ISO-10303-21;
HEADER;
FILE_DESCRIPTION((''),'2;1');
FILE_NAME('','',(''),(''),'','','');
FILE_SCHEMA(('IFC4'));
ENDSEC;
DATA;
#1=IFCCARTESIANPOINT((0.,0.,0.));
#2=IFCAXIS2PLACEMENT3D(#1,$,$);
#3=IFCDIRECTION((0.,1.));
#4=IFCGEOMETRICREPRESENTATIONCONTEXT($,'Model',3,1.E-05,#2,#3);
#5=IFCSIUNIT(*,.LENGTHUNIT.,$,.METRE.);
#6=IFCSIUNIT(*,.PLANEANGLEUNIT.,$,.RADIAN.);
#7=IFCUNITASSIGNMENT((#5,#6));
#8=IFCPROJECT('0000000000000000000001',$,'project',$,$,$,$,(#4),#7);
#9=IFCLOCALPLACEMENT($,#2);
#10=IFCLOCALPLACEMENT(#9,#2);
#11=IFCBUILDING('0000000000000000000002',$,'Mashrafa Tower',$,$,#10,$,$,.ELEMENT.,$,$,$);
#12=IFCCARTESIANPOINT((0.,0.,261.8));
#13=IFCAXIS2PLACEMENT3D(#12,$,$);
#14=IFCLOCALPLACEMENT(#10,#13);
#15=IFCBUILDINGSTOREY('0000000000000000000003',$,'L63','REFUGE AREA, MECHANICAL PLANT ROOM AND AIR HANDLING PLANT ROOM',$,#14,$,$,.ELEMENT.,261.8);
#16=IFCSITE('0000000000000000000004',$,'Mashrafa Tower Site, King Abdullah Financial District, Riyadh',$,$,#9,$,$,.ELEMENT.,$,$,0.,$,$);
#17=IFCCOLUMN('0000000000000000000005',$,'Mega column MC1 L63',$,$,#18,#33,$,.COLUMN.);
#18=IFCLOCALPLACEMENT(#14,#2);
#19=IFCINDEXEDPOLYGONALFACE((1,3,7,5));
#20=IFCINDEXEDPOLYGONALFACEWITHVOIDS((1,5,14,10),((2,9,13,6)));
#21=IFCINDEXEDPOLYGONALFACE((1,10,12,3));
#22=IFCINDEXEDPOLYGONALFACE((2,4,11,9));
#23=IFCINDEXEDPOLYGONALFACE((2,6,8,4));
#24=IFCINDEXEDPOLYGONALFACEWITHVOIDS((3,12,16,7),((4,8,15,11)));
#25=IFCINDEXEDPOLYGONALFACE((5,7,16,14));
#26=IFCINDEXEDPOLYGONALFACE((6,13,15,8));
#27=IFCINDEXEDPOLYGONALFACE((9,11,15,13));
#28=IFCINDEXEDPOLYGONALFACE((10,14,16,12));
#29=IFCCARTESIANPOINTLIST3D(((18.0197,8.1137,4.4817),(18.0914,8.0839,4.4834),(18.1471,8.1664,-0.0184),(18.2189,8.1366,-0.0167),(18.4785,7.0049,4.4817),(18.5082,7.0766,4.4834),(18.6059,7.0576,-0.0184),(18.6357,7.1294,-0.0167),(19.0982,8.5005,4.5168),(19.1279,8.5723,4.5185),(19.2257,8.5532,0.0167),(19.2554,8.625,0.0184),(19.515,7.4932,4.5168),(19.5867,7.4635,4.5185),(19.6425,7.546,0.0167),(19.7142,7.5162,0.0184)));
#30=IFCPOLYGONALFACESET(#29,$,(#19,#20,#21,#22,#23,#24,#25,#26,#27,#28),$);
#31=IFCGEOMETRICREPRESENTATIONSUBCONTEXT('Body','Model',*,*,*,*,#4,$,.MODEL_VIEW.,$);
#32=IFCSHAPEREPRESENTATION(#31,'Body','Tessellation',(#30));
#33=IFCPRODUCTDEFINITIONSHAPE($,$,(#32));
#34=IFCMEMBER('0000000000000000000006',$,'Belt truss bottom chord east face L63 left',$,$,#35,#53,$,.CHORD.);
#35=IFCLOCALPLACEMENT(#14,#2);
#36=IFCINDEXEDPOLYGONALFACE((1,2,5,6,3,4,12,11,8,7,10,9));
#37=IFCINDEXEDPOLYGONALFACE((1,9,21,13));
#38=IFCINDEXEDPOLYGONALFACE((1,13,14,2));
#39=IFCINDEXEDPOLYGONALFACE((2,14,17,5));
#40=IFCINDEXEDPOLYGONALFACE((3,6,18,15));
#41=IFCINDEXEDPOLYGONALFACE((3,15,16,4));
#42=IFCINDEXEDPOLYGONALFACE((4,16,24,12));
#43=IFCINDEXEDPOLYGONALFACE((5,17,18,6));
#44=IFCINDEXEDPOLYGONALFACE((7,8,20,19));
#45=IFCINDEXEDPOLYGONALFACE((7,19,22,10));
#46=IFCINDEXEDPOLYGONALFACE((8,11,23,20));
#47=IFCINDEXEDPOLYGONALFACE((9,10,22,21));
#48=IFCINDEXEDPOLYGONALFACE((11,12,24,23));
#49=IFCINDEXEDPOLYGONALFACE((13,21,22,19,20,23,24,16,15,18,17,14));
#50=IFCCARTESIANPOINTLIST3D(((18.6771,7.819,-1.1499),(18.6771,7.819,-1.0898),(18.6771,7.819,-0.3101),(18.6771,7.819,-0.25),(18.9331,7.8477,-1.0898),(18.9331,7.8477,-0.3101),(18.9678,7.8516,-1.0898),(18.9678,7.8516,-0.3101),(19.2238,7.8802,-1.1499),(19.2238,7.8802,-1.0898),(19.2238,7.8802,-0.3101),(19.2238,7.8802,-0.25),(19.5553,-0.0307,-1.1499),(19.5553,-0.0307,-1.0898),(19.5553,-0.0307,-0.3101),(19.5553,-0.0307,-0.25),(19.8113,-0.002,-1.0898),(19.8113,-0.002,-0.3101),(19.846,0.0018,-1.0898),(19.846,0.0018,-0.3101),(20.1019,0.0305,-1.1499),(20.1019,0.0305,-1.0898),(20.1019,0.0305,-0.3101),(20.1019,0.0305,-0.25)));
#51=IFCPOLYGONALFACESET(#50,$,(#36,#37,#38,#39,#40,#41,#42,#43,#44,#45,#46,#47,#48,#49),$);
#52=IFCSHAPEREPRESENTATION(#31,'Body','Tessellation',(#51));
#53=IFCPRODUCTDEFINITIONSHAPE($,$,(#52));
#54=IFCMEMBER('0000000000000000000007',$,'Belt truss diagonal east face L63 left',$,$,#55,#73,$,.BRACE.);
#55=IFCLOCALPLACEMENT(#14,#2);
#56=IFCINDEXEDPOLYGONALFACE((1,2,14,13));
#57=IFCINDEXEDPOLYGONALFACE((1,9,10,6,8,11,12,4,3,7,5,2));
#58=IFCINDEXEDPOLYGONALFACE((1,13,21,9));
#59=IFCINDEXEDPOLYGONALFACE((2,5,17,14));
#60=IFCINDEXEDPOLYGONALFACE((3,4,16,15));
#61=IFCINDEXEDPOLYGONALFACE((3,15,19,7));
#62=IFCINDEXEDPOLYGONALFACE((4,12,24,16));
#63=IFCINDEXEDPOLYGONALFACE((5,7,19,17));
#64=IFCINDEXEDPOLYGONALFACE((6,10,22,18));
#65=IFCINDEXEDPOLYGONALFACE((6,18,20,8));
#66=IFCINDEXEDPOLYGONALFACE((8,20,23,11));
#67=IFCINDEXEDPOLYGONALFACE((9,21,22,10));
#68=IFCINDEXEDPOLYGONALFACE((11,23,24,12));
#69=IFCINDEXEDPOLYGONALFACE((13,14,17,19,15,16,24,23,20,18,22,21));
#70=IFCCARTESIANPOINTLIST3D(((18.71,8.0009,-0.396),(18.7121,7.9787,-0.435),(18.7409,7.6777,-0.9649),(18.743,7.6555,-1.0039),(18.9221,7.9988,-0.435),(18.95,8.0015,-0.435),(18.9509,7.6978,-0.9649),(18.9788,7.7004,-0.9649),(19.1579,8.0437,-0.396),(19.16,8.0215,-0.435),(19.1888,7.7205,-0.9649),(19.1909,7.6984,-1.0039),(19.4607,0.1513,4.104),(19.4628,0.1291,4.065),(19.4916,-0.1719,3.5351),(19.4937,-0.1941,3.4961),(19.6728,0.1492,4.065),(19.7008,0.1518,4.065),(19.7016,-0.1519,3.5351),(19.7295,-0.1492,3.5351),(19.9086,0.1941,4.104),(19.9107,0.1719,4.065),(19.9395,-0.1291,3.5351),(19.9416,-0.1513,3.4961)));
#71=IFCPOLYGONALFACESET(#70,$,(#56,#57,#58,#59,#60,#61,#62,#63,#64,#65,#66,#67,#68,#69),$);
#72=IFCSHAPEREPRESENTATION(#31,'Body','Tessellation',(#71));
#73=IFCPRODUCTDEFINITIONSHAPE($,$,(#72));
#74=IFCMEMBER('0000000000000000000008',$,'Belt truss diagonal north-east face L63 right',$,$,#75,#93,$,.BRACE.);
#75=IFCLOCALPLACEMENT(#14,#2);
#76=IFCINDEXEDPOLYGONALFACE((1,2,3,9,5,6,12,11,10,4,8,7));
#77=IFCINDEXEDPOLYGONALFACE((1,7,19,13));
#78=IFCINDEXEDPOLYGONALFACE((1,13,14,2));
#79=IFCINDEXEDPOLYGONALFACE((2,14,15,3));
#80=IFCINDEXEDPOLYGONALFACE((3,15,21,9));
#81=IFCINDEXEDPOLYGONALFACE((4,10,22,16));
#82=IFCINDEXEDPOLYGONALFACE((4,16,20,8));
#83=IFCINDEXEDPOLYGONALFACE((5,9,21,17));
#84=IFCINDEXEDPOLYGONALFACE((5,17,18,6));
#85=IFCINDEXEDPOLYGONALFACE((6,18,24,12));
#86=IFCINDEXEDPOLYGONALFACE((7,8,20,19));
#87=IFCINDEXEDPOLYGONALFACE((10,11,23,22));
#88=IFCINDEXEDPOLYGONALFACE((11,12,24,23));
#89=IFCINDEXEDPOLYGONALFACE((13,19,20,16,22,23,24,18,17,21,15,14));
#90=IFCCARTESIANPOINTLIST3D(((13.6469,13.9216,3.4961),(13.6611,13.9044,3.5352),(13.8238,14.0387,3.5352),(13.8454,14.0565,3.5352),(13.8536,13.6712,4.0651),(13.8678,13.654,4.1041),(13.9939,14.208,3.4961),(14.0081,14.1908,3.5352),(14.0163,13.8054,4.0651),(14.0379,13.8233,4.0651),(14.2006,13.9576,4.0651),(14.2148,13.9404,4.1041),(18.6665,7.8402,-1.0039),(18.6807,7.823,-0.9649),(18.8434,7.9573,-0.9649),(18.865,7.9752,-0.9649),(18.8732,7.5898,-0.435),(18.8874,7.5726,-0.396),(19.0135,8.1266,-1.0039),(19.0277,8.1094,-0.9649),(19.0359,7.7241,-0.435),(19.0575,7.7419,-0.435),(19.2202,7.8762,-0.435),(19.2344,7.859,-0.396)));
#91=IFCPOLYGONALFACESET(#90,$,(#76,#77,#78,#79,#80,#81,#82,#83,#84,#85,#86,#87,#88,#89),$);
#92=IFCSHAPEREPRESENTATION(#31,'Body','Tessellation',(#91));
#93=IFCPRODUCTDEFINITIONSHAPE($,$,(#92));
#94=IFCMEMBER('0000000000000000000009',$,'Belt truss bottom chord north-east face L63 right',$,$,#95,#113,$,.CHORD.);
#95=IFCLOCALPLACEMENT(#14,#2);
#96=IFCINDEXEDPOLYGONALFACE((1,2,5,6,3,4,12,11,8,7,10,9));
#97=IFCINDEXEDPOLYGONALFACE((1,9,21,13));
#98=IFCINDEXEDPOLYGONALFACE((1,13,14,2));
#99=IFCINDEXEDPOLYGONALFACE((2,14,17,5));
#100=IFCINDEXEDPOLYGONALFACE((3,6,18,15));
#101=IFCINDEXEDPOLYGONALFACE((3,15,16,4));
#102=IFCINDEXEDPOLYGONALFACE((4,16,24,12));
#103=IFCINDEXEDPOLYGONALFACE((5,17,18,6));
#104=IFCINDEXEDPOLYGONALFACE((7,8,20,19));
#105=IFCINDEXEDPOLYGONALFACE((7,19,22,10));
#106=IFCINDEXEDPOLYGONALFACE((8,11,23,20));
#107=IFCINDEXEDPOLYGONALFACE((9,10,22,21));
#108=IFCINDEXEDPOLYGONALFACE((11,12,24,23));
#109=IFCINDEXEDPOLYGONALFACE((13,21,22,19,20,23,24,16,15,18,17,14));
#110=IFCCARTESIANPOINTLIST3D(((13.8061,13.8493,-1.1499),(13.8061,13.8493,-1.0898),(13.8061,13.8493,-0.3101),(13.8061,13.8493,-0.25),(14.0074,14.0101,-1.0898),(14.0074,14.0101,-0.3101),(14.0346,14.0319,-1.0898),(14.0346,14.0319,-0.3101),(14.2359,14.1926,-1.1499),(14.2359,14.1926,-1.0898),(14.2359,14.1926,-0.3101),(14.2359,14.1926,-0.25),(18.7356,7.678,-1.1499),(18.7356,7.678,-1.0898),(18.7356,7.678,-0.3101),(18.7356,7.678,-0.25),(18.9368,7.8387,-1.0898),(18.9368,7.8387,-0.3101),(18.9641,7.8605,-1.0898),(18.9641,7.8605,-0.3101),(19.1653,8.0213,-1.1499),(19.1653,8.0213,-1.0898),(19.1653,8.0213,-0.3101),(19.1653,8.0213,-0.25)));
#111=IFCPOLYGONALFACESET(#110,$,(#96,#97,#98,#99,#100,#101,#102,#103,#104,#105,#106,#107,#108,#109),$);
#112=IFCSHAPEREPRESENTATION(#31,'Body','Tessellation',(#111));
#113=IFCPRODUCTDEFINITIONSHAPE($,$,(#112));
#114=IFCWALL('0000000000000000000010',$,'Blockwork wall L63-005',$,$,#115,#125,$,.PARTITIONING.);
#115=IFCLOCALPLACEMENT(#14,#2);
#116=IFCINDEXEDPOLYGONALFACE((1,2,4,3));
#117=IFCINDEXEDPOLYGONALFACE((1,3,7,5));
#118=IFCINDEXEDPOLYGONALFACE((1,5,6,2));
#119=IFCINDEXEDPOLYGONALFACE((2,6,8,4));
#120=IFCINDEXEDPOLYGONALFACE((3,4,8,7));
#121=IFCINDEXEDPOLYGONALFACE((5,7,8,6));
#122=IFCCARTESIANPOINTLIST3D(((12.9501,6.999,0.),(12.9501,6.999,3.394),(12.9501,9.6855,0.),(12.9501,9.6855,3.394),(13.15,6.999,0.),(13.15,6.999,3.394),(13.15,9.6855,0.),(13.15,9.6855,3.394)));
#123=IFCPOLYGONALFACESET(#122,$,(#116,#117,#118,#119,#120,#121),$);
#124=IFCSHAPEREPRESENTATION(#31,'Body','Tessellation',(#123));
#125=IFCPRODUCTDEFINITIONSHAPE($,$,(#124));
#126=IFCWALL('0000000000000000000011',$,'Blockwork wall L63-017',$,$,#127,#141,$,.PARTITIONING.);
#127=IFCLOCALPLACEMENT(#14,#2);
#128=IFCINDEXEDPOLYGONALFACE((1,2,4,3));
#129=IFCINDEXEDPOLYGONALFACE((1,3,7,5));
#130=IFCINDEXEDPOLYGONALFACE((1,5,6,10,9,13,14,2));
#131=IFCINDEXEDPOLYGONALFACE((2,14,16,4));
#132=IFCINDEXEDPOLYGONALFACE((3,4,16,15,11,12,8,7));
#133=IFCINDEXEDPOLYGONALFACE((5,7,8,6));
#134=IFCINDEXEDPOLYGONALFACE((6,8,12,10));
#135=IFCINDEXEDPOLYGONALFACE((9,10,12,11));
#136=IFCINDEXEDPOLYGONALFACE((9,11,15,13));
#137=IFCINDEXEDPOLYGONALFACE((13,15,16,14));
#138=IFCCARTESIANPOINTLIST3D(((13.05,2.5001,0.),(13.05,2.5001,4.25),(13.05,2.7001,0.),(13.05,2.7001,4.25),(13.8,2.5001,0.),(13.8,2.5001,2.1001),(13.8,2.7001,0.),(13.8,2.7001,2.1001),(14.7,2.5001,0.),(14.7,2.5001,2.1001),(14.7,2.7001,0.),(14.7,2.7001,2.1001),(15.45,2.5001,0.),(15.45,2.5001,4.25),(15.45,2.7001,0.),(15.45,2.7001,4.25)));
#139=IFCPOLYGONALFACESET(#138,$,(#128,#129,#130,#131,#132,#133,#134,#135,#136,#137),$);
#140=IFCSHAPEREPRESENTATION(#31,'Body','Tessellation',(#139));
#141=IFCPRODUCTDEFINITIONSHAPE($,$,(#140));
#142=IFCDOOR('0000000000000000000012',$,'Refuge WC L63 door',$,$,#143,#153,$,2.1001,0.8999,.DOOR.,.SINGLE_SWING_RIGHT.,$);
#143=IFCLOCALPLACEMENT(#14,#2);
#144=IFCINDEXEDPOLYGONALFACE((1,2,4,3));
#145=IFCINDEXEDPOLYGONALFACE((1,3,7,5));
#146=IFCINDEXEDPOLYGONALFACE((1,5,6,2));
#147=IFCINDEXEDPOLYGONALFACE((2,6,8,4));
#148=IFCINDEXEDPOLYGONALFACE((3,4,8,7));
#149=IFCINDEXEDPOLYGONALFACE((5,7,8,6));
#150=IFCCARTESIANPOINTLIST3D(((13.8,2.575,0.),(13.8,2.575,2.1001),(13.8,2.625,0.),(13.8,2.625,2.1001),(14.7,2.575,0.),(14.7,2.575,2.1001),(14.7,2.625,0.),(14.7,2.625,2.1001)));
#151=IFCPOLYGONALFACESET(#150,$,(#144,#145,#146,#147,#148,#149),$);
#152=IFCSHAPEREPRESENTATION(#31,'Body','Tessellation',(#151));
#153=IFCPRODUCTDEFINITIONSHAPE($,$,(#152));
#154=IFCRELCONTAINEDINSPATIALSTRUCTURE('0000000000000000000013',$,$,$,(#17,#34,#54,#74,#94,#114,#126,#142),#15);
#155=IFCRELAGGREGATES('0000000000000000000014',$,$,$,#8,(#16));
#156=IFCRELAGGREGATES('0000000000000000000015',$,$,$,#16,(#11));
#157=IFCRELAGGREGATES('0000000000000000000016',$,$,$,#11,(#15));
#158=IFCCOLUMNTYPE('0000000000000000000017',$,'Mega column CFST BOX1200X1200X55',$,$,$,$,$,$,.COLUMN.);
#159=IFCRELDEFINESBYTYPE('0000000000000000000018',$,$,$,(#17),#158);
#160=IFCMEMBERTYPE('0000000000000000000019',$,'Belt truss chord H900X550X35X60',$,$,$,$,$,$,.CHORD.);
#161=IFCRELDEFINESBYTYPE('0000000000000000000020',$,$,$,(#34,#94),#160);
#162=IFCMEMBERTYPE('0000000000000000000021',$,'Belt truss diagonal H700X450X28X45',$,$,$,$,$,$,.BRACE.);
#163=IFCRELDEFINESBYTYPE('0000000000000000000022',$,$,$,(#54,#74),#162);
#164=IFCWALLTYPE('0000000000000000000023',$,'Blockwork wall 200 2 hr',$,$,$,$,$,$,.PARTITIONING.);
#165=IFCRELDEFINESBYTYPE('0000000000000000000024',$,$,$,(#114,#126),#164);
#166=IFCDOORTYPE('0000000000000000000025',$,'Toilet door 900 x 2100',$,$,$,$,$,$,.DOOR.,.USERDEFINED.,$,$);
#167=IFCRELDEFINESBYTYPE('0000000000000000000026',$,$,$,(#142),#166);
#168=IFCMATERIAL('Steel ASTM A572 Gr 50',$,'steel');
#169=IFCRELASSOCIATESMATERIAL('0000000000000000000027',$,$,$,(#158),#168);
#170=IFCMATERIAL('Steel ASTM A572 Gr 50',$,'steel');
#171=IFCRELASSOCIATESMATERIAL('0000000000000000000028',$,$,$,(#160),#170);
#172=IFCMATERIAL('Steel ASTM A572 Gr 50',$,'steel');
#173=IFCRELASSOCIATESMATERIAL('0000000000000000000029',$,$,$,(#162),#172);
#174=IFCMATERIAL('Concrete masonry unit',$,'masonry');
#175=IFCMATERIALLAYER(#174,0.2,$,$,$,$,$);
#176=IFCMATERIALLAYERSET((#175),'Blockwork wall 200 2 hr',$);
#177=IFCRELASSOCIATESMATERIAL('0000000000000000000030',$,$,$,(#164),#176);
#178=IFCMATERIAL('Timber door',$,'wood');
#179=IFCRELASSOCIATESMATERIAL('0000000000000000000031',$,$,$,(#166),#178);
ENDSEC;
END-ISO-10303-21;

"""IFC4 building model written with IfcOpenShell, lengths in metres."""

from ifc_helpers import new_model, si_unit, direction, frame, frame_2d, origin, origin_2d, place, context, subcontext, project, spatial, rectangle, hollow_rectangle, i_section, extrude, source, transform, mapped, material, layer, layer_set, material_profile, profile_set, type_object, type_shapes, element, fill, save


model = new_model("IFC4")

# Units and contexts
model_context = context("Model", 3, precision=1e-05, world=origin(), true_north=direction((0.0, 1.0)))
body_context = subcontext(model_context, "Body", "Model", "MODEL_VIEW")
ifc_project = project(units=[si_unit("LENGTHUNIT", "METRE"), si_unit("PLANEANGLEUNIT", "RADIAN")], contexts=[model_context])

# Site, building, storey
site_placement = place(None, origin())
site = spatial("IfcSite", under=ifc_project, at=site_placement, Name="Mashrafa Tower Site, King Abdullah Financial District, Riyadh", CompositionType="ELEMENT", RefElevation=0.0)
building_placement = place(site_placement, origin())
building = spatial("IfcBuilding", under=site, at=building_placement, Name="Mashrafa Tower", CompositionType="ELEMENT")
storey_placement = place(building_placement, frame((0.0, 0.0, 261.8)))
storey = spatial("IfcBuildingStorey", under=building, at=storey_placement, Name="L63", Description="REFUGE AREA, MECHANICAL PLANT ROOM AND AIR HANDLING PLANT ROOM", CompositionType="ELEMENT", Elevation=261.8)

# Column
ifc_material_1 = material(Name="Steel ASTM A572 Gr 50", Category="steel")
ifc_material_profile_1 = material_profile(ifc_material_1, hollow_rectangle(XDim=1.2, YDim=1.2, WallThickness=0.0549, at=origin_2d()), Name="BOX1200X1200X55")
ifc_profile_set_1 = profile_set([ifc_material_profile_1], Name="Steel ASTM A572 Gr 50")
column_type = type_object("IfcColumnType", Name="Mega column CFST BOX1200X1200X55", PredefinedType="COLUMN", material=ifc_profile_set_1)
column_placement = place(storey_placement, frame((18.9307, 7.8413, 0.0), z_axis=(-0.028307, -0.011713, 0.999531), x_axis=(0.382352, -0.924017, 0.0)))
element("IfcColumn", 1, at=column_placement, inside=storey, type_object=column_type, Name="Mega column MC1 L63", PredefinedType="COLUMN", context=body_context, shape_type="SweptSolid", body=[
    extrude(hollow_rectangle(XDim=1.2, YDim=1.2, WallThickness=0.0549, at=origin_2d()), origin(), (0.0, 0.0, 1.0), 4.5022),
])

# Members
ifc_material_2 = material(Name="Steel ASTM A572 Gr 50", Category="steel")
ifc_material_profile_2 = material_profile(ifc_material_2, i_section(OverallWidth=0.55, OverallDepth=0.8999, WebThickness=0.0349, FlangeThickness=0.0601, at=origin_2d()), Name="H900X550X35X60")
ifc_profile_set_2 = profile_set([ifc_material_profile_2], Name="Steel ASTM A572 Gr 50")
member_type_1 = type_object("IfcMemberType", Name="Belt truss chord H900X550X35X60", PredefinedType="CHORD", material=ifc_profile_set_2)
shared_shape_1 = source(origin(), body_context, "Body", "SweptSolid", [
    extrude(i_section(OverallWidth=0.55, OverallDepth=0.8999, WebThickness=0.0349, FlangeThickness=0.0601, at=origin_2d()), origin(), (0.0, 0.0, 1.0), 7.8987),
])
member_1_placement = place(storey_placement, frame((18.9504, 7.8496, -0.7), z_axis=(0.111181, -0.9938, 0.0), x_axis=(0.9938, 0.111181, 0.0)))
element("IfcMember", 2, at=member_1_placement, inside=storey, type_object=member_type_1, Name="Belt truss bottom chord east face L63 left", PredefinedType="CHORD", context=body_context, shape_type="MappedRepresentation", body=[
    mapped(shared_shape_1, transform((0.0, 0.0, 0.0))),
])
ifc_material_3 = material(Name="Steel ASTM A572 Gr 50", Category="steel")
ifc_material_profile_3 = material_profile(ifc_material_3, i_section(OverallWidth=0.45, OverallDepth=0.7, WebThickness=0.0281, FlangeThickness=0.0449, at=origin_2d()), Name="H700X450X28X45")
ifc_profile_set_3 = profile_set([ifc_material_profile_3], Name="Steel ASTM A572 Gr 50")
member_type_2 = type_object("IfcMemberType", Name="Belt truss diagonal H700X450X28X45", PredefinedType="BRACE", material=ifc_profile_set_3)
shared_shape_2 = source(origin(), body_context, "Body", "SweptSolid", [
    extrude(i_section(OverallWidth=0.45, OverallDepth=0.7, WebThickness=0.0281, FlangeThickness=0.0449, at=origin_2d()), origin(), (0.0, 0.0, 1.0), 9.0791),
])
type_shapes(member_type_2, [shared_shape_2])
for number, where, z_axis, x_axis, name in (
    (3, (18.9504, 7.8496, -0.7), (0.082688, -0.864581, 0.495644), (0.995458, 0.095205, 0.0), "Belt truss diagonal east face L63 left"),
    (4, (18.9504, 7.8496, -0.7), (-0.552874, 0.669822, 0.49565), (-0.77122, -0.636569, 0.0), "Belt truss diagonal north-east face L63 right"),
):
    element("IfcMember", number, at=place(storey_placement, frame(where, z_axis=z_axis, x_axis=x_axis)), inside=storey, type_object=member_type_2, Name=name, PredefinedType="BRACE", context=body_context, shape_type="MappedRepresentation", body=[
        mapped(shared_shape_2, transform((0.0, 0.0, 0.0))),
    ])
shared_shape_3 = source(origin(), body_context, "Body", "SweptSolid", [
    extrude(i_section(OverallWidth=0.55, OverallDepth=0.8999, WebThickness=0.0349, FlangeThickness=0.0601, at=origin_2d()), origin(), (0.0, 0.0, 1.0), 7.8984),
])
type_shapes(member_type_1, [shared_shape_1, shared_shape_3])
member_2_placement = place(storey_placement, frame((18.9504, 7.8496, -0.7), z_axis=(-0.624103, 0.781342, 0.0), x_axis=(-0.781342, -0.624103, 0.0)))
element("IfcMember", 5, at=member_2_placement, inside=storey, type_object=member_type_1, Name="Belt truss bottom chord north-east face L63 right", PredefinedType="CHORD", context=body_context, shape_type="MappedRepresentation", body=[
    mapped(shared_shape_3, transform((0.0, 0.0, 0.0))),
])

# Wall
ifc_material_4 = material(Name="Concrete masonry unit", Category="masonry")
ifc_layer_1 = layer(ifc_material_4, 0.2)
ifc_layer_set_1 = layer_set([ifc_layer_1], Name="Blockwork wall 200 2 hr")
wall_type_1 = type_object("IfcWallType", Name="Blockwork wall 200 2 hr", PredefinedType="PARTITIONING", material=ifc_layer_set_1)
wall_1_placement = place(storey_placement, frame((13.05, 6.999, 0.0), z_axis=(0.0, 0.0, 1.0), x_axis=(0.0, 1.0, 0.0)))
element("IfcWall", 6, at=wall_1_placement, inside=storey, type_object=wall_type_1, Name="Blockwork wall L63-005", PredefinedType="PARTITIONING", context=body_context, shape_type="SweptSolid", body=[
    extrude(rectangle(XDim=2.6865, YDim=0.2, at=frame_2d((1.3433, 0.0))), origin(), (0.0, 0.0, 1.0), 3.394),
])

# Wall, opening, door
wall_2_placement = place(storey_placement, frame((13.05, 2.6001, 0.0), z_axis=(0.0, 0.0, 1.0), x_axis=(1.0, 0.0, 0.0)))
wall_2 = element("IfcWall", 7, at=wall_2_placement, inside=storey, type_object=wall_type_1, Name="Blockwork wall L63-017", PredefinedType="PARTITIONING", context=body_context, shape_type="SweptSolid", body=[
    extrude(rectangle(XDim=2.3999, YDim=0.2, at=frame_2d((1.2, 0.0))), origin(), (0.0, 0.0, 1.0), 4.25),
])
opening_1_placement = place(wall_2_placement, frame((0.75, 0.0, 0.0)))
opening_1 = element("IfcOpeningElement", 8, at=opening_1_placement, cuts=wall_2, PredefinedType="OPENING", context=body_context, shape_type="SweptSolid", body=[
    extrude(rectangle(XDim=0.8999, YDim=2.1001, at=frame_2d((0.45, 1.05))), frame((0.0, 0.1099, 0.0), z_axis=(0.0, -1.0, 0.0), x_axis=(1.0, 0.0, 0.0)), (0.0, 0.0, 1.0), 0.22),
])
ifc_material_5 = material(Name="Timber door", Category="wood")
door_type_1 = type_object("IfcDoorType", Name="Toilet door 900 x 2100", OperationType="USERDEFINED", PredefinedType="DOOR", material=ifc_material_5)
door_1_placement = place(opening_1_placement, origin())
door_1 = element("IfcDoor", 9, at=door_1_placement, inside=storey, type_object=door_type_1, Name="Refuge WC L63 door", OperationType="SINGLE_SWING_RIGHT", OverallHeight=2.1001, OverallWidth=0.8999, PredefinedType="DOOR", context=body_context, shape_type="SweptSolid", body=[
    extrude(rectangle(XDim=0.8999, YDim=2.1001, at=frame_2d((0.45, 1.05))), frame((0.0, 0.0249, 0.0), z_axis=(0.0, -1.0, 0.0), x_axis=(1.0, 0.0, 0.0)), (0.0, 0.0, 1.0), 0.05),
])
fill(opening_1, door_1)

save(model, "model.ifc")
